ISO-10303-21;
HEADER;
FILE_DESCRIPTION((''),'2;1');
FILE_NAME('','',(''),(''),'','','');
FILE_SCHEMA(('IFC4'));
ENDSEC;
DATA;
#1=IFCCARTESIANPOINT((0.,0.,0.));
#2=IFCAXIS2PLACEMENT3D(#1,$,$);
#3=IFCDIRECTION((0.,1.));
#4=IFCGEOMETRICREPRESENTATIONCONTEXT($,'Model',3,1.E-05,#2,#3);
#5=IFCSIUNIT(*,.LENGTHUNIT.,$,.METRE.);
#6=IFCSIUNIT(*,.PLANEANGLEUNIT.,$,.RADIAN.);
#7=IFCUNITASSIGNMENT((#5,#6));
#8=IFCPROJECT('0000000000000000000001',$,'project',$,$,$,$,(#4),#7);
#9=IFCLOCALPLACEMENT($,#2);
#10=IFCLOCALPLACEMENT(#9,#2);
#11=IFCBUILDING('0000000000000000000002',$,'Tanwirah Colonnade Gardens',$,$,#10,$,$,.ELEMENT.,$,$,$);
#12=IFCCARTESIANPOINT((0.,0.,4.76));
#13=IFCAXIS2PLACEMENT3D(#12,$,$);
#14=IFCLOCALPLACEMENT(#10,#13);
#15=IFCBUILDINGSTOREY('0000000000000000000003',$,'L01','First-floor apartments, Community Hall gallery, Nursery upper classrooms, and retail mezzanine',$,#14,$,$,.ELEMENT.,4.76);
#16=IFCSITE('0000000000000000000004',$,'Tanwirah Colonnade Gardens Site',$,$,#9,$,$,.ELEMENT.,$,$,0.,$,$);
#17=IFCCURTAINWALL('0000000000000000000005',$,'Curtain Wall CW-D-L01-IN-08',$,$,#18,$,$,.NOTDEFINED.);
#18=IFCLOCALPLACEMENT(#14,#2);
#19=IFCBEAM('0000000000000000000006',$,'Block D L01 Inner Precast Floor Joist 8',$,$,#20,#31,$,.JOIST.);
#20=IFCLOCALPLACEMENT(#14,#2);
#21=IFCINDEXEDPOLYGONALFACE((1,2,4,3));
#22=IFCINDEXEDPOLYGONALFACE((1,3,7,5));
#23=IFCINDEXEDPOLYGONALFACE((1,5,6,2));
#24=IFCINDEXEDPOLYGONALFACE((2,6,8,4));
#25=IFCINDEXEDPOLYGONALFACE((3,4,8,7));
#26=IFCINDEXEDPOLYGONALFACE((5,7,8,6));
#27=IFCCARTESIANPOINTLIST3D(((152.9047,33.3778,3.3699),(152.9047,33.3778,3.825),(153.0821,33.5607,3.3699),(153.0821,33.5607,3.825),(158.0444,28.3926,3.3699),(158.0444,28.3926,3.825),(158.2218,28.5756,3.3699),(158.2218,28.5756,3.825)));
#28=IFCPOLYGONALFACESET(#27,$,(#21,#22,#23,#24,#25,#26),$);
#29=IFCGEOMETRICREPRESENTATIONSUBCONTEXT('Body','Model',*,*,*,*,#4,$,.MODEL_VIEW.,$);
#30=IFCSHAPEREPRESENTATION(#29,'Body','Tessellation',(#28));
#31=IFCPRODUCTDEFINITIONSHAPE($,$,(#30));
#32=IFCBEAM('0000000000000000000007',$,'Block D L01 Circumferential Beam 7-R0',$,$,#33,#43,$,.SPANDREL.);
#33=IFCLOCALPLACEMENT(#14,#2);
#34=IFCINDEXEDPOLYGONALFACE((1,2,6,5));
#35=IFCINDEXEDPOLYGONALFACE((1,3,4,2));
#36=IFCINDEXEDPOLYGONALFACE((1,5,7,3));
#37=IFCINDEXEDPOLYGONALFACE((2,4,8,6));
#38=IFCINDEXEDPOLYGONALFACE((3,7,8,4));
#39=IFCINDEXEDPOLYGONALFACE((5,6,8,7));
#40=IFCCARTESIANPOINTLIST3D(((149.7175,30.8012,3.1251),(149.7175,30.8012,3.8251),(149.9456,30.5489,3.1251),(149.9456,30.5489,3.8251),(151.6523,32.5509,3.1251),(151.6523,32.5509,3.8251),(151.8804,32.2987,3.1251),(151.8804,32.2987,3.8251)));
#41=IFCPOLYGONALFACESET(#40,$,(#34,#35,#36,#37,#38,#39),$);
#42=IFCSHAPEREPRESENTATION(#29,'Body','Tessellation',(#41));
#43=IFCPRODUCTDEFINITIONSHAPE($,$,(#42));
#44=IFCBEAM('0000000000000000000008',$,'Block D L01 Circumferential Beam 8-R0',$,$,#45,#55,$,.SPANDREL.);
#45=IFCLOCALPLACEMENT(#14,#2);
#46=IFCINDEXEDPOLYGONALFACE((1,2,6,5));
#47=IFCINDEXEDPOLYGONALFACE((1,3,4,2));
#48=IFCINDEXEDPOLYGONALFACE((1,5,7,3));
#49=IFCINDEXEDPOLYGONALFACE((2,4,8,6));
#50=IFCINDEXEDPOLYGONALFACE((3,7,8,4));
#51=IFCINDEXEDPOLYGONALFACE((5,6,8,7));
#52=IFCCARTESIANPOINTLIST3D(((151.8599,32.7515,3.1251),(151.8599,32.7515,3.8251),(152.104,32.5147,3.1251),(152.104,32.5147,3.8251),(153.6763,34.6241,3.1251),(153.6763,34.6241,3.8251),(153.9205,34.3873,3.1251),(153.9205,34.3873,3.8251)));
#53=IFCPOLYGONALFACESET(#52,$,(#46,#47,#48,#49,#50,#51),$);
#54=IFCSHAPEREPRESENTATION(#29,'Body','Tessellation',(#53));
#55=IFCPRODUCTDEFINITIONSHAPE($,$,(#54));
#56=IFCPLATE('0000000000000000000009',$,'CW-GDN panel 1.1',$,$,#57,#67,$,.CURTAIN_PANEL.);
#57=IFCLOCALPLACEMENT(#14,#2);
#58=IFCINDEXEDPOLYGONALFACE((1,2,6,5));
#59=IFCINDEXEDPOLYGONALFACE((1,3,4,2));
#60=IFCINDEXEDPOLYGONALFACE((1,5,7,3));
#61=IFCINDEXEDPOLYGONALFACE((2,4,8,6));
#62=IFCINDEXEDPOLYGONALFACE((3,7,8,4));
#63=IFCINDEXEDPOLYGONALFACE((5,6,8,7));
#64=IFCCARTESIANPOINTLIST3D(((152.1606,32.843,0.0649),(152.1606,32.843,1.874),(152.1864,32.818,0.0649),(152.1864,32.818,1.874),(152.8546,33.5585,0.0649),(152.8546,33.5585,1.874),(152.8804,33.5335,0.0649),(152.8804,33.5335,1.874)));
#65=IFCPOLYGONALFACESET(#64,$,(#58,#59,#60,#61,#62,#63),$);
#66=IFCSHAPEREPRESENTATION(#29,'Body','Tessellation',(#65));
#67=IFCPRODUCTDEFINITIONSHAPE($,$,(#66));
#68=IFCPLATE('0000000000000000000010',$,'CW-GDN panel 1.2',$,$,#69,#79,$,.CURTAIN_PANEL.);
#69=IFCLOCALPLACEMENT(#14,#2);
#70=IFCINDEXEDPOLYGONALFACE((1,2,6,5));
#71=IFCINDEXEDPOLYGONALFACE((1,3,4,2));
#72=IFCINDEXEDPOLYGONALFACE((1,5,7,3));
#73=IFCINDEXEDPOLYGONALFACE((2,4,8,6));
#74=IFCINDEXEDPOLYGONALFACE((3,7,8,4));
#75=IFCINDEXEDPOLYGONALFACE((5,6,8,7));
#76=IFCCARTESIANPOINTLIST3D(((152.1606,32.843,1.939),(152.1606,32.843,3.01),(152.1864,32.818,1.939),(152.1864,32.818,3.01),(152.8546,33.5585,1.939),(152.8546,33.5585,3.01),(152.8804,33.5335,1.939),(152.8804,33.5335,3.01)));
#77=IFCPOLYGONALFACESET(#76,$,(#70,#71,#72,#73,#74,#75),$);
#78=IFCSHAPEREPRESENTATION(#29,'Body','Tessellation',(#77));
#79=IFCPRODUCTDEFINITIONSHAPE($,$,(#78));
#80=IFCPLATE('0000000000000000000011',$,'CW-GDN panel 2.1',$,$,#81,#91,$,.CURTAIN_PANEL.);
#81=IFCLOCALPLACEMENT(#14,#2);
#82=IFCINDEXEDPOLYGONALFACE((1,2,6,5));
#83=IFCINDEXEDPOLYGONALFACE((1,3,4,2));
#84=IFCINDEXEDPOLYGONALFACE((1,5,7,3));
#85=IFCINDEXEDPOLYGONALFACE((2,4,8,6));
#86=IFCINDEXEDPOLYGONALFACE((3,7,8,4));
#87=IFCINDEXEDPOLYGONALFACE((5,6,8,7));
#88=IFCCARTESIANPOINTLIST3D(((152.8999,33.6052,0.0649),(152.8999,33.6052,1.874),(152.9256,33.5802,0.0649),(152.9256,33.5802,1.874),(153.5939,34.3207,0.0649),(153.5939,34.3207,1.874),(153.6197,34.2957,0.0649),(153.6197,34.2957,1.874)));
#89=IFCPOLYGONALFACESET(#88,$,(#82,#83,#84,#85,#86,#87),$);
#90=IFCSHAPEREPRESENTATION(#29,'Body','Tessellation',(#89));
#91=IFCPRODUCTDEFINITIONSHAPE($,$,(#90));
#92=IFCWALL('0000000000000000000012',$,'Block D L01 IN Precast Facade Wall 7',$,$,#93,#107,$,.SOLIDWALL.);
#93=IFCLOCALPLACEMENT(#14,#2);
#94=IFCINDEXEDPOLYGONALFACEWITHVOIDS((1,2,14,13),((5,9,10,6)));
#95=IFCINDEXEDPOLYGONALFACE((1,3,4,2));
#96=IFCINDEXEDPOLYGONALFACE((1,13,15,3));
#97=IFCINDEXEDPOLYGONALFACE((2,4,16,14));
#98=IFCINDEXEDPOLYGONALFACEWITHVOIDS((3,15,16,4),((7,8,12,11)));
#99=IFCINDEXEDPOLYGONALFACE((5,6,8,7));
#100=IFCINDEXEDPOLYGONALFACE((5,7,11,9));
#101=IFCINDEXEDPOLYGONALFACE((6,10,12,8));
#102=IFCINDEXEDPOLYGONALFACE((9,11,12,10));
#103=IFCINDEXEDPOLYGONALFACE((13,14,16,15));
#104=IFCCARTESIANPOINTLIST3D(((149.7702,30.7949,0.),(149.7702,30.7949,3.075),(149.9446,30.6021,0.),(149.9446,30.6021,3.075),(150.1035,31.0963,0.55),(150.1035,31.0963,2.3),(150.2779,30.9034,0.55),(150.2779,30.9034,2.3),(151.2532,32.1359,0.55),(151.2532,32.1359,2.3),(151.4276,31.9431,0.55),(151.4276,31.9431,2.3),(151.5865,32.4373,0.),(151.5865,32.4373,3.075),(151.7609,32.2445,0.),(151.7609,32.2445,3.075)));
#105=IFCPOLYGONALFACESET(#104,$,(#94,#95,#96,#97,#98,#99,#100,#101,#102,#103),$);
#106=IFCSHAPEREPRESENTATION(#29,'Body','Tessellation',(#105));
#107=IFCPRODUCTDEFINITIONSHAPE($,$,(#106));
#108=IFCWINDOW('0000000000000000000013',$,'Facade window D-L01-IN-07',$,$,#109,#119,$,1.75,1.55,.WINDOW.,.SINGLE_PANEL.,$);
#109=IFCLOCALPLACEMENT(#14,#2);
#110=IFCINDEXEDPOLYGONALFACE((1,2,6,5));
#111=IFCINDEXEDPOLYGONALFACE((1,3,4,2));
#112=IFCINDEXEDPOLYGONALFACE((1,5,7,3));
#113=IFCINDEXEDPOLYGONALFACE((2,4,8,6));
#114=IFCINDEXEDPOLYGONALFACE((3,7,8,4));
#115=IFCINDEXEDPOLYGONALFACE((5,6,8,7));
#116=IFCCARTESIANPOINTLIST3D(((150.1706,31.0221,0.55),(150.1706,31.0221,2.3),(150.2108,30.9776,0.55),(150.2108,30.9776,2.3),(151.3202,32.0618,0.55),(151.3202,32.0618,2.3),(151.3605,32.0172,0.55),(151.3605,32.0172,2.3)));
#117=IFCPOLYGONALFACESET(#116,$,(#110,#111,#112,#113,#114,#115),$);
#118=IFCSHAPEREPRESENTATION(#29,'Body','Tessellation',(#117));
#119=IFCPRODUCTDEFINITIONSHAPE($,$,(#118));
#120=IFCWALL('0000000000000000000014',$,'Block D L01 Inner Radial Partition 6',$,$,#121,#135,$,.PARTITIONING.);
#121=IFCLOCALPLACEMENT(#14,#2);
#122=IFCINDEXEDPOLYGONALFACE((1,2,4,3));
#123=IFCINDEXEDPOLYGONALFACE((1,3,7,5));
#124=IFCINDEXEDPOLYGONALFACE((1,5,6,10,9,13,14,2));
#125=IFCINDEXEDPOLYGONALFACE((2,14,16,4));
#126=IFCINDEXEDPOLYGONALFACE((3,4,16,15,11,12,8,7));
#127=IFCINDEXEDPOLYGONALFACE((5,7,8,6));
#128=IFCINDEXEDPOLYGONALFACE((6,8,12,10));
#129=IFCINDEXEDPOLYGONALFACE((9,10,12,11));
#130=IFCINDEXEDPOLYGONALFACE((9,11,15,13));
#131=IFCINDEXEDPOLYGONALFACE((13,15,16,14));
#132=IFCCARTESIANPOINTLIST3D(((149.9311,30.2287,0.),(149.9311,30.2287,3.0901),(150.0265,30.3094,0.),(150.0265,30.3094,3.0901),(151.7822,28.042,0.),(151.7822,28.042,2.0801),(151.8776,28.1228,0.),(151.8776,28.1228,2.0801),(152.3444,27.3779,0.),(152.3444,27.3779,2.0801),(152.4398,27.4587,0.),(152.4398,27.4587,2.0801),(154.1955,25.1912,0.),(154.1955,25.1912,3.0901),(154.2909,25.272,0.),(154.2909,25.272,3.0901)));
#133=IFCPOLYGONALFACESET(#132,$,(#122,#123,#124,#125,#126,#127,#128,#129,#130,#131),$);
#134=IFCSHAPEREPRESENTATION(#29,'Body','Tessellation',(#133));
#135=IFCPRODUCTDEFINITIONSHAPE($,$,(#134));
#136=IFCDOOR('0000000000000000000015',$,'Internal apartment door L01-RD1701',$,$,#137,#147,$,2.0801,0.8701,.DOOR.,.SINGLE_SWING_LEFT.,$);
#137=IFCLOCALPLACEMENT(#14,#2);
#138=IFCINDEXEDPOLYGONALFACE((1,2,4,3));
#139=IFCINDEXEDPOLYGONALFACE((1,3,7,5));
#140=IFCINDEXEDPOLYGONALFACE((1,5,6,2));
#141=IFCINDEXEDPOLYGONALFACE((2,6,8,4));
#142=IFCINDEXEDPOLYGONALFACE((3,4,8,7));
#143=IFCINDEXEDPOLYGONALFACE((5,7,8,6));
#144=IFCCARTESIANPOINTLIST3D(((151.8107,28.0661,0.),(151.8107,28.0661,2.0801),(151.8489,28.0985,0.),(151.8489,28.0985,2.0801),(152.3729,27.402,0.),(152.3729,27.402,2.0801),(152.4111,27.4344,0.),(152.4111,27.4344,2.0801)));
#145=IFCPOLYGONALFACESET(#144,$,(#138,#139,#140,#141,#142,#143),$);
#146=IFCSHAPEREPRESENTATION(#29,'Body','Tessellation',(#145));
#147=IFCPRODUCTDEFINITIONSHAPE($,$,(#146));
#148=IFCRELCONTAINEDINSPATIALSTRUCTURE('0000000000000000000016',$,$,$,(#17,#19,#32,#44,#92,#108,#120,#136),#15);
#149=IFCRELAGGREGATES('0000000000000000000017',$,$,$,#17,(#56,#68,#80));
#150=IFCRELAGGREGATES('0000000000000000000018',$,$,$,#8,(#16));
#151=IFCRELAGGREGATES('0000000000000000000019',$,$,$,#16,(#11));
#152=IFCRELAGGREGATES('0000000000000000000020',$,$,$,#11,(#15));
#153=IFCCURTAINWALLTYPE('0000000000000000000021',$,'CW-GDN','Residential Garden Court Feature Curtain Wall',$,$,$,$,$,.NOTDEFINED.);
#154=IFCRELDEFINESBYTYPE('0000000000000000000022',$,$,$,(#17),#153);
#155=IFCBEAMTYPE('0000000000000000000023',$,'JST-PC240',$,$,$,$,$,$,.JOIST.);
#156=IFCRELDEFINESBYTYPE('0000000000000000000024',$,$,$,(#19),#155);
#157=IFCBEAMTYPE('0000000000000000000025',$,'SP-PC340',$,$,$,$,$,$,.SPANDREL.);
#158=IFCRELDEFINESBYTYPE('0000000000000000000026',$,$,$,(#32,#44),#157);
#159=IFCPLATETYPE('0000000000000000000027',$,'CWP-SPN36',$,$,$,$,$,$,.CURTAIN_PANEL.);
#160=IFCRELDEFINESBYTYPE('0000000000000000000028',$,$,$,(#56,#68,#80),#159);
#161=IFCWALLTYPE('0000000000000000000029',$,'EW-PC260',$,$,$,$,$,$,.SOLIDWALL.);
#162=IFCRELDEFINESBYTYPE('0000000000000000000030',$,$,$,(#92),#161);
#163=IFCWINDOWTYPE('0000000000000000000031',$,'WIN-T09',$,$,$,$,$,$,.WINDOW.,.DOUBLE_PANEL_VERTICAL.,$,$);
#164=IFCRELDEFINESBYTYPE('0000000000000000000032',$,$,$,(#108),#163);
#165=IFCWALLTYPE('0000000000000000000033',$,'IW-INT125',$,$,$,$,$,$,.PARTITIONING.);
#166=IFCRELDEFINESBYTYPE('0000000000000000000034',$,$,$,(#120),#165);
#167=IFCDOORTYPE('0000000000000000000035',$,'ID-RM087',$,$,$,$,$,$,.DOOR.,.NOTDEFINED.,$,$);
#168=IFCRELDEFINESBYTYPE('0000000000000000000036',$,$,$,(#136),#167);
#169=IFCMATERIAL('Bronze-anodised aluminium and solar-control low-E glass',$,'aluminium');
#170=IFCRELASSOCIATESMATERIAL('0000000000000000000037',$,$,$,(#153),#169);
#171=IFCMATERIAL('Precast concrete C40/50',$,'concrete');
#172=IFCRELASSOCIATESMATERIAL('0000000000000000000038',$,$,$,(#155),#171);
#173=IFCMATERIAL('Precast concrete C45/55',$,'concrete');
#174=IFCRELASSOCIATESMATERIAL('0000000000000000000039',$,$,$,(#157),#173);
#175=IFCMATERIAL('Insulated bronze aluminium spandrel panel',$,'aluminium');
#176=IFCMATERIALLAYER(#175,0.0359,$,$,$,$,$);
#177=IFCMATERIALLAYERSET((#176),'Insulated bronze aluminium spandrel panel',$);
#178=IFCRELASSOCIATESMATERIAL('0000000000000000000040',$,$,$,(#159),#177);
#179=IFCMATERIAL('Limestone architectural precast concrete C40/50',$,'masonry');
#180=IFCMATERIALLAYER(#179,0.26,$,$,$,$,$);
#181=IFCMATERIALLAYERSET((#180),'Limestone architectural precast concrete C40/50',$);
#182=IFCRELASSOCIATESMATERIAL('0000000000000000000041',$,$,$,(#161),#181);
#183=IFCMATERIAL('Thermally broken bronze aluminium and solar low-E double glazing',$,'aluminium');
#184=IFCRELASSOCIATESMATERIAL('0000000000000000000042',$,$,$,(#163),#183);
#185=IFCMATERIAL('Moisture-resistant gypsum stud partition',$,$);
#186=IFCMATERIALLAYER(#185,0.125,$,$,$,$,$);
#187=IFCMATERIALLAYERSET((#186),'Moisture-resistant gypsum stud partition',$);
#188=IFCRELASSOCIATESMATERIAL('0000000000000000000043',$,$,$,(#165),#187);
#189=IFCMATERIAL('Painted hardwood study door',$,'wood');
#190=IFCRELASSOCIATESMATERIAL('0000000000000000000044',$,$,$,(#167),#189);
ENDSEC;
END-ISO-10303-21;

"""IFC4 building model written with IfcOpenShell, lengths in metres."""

from ifc_helpers import new_model, si_unit, direction, frame, frame_2d, origin, origin_2d, place, context, subcontext, project, spatial, rectangle, extrude, material, layer, layer_set, material_profile, profile_set, type_object, element, fill, aggregate, save


model = new_model("IFC4")

# Units and contexts
model_context = context("Model", 3, precision=1e-05, world=origin(), true_north=direction((0.0, 1.0)))
body_context = subcontext(model_context, "Body", "Model", "MODEL_VIEW")
ifc_project = project(units=[si_unit("LENGTHUNIT", "METRE"), si_unit("PLANEANGLEUNIT", "RADIAN")], contexts=[model_context])

# Site, building, storey
site_placement = place(None, origin())
site = spatial("IfcSite", under=ifc_project, at=site_placement, Name="Tanwirah Colonnade Gardens Site", CompositionType="ELEMENT", RefElevation=0.0)
building_placement = place(site_placement, origin())
building = spatial("IfcBuilding", under=site, at=building_placement, Name="Tanwirah Colonnade Gardens", CompositionType="ELEMENT")
storey_placement = place(building_placement, frame((0.0, 0.0, 4.76)))
storey = spatial("IfcBuildingStorey", under=building, at=storey_placement, Name="L01", Description="First-floor apartments, Community Hall gallery, Nursery upper classrooms, and retail mezzanine", CompositionType="ELEMENT", Elevation=4.76)

# Shared definitions
ifc_material_1 = material(Name="Precast concrete C45/55", Category="concrete")

# Curtain wall
ifc_material_2 = material(Name="Bronze-anodised aluminium and solar-control low-E glass", Category="aluminium")
curtain_wall_type = type_object("IfcCurtainWallType", Name="CW-GDN", Description="Residential Garden Court Feature Curtain Wall", PredefinedType="NOTDEFINED", material=ifc_material_2)
curtain_wall_placement = place(storey_placement, origin())
curtain_wall = element("IfcCurtainWall", 1, at=curtain_wall_placement, inside=storey, type_object=curtain_wall_type, Name="Curtain Wall CW-D-L01-IN-08", PredefinedType="NOTDEFINED")

# Beams
ifc_material_3 = material(Name="Precast concrete C40/50", Category="concrete")
ifc_material_profile_1 = material_profile(ifc_material_3, rectangle(XDim=0.2549, YDim=0.4551, at=origin_2d()), Name="PC-JST 255x455")
ifc_profile_set_1 = profile_set([ifc_material_profile_1], Name="Precast concrete C40/50")
beam_type_1 = type_object("IfcBeamType", Name="JST-PC240", PredefinedType="JOIST", material=ifc_profile_set_1)
beam_1_placement = place(storey_placement, frame((152.9934, 33.4692, 3.5974), z_axis=(0.717816, -0.696233, 0.0), x_axis=(0.696233, 0.717816, 0.0)))
element("IfcBeam", 2, at=beam_1_placement, inside=storey, type_object=beam_type_1, Name="Block D L01 Inner Precast Floor Joist 8", PredefinedType="JOIST", context=body_context, shape_type="SweptSolid", body=[
    extrude(rectangle(XDim=0.2549, YDim=0.4551, at=origin_2d()), origin(), (0.0, 0.0, 1.0), 7.1602),
])
ifc_material_profile_2 = material_profile(ifc_material_1, rectangle(XDim=0.3401, YDim=0.7, at=origin_2d()), Name="PC-SP 340x700")
ifc_profile_set_2 = profile_set([ifc_material_profile_2], Name="Precast concrete C45/55")
beam_type_2 = type_object("IfcBeamType", Name="SP-PC340", PredefinedType="SPANDREL", material=ifc_profile_set_2)
beam_2_placement = place(storey_placement, frame((149.8315, 30.675, 3.4751), z_axis=(0.741687, 0.670747, 0.0), x_axis=(-0.670747, 0.741687, 0.0)))
element("IfcBeam", 3, at=beam_2_placement, inside=storey, type_object=beam_type_2, Name="Block D L01 Circumferential Beam 7-R0", PredefinedType="SPANDREL", context=body_context, shape_type="SweptSolid", body=[
    extrude(rectangle(XDim=0.3401, YDim=0.7, at=origin_2d()), origin(), (0.0, 0.0, 1.0), 2.6086),
])
beam_3_placement = place(storey_placement, frame((151.9819, 32.6331, 3.4751), z_axis=(0.696263, 0.717787, 0.0), x_axis=(-0.717787, 0.696263, 0.0)))
element("IfcBeam", 4, at=beam_3_placement, inside=storey, type_object=beam_type_2, Name="Block D L01 Circumferential Beam 8-R0", PredefinedType="SPANDREL", context=body_context, shape_type="SweptSolid", body=[
    extrude(rectangle(XDim=0.3401, YDim=0.7, at=origin_2d()), origin(), (0.0, 0.0, 1.0), 2.6089),
])

# Plates
ifc_material_4 = material(Name="Insulated bronze aluminium spandrel panel", Category="aluminium")
ifc_layer_1 = layer(ifc_material_4, 0.0359)
ifc_layer_set_1 = layer_set([ifc_layer_1], Name="Insulated bronze aluminium spandrel panel")
plate_type = type_object("IfcPlateType", Name="CWP-SPN36", PredefinedType="CURTAIN_PANEL", material=ifc_layer_set_1)
plate_1_placement = place(storey_placement, frame((152.5205, 33.1882, 0.0649), z_axis=(0.0, 0.0, 1.0), x_axis=(0.696223, 0.717825, 0.0)))
plate_1 = element("IfcPlate", 5, at=plate_1_placement, type_object=plate_type, Name="CW-GDN panel 1.1", PredefinedType="CURTAIN_PANEL", context=body_context, shape_type="SweptSolid", body=[
    extrude(rectangle(XDim=0.9968, YDim=0.0359, at=origin_2d()), origin(), (0.0, 0.0, 1.0), 1.8091),
])
plate_2_placement = place(storey_placement, frame((152.5205, 33.1882, 1.939), z_axis=(0.0, 0.0, 1.0), x_axis=(0.696223, 0.717825, 0.0)))
plate_2 = element("IfcPlate", 6, at=plate_2_placement, type_object=plate_type, Name="CW-GDN panel 1.2", PredefinedType="CURTAIN_PANEL", context=body_context, shape_type="SweptSolid", body=[
    extrude(rectangle(XDim=0.9968, YDim=0.0359, at=origin_2d()), origin(), (0.0, 0.0, 1.0), 1.071),
])
plate_3_placement = place(storey_placement, frame((153.2598, 33.9504, 0.0649), z_axis=(0.0, 0.0, 1.0), x_axis=(0.696223, 0.717825, 0.0)))
plate_3 = element("IfcPlate", 7, at=plate_3_placement, type_object=plate_type, Name="CW-GDN panel 2.1", PredefinedType="CURTAIN_PANEL", context=body_context, shape_type="SweptSolid", body=[
    extrude(rectangle(XDim=0.9968, YDim=0.0359, at=origin_2d()), origin(), (0.0, 0.0, 1.0), 1.8091),
])
aggregate(curtain_wall, [plate_1, plate_2, plate_3])

# Wall, opening, window
ifc_material_5 = material(Name="Limestone architectural precast concrete C40/50", Category="masonry")
ifc_layer_2 = layer(ifc_material_5, 0.26)
ifc_layer_set_2 = layer_set([ifc_layer_2], Name="Limestone architectural precast concrete C40/50")
wall_type_1 = type_object("IfcWallType", Name="EW-PC260", PredefinedType="SOLIDWALL", material=ifc_layer_set_2)
wall_1_placement = place(storey_placement, frame((149.8574, 30.6985, 0.0), z_axis=(0.0, 0.0, 1.0), x_axis=(0.741711, 0.67072, 0.0)))
wall_1 = element("IfcWall", 8, at=wall_1_placement, inside=storey, type_object=wall_type_1, Name="Block D L01 IN Precast Facade Wall 7", PredefinedType="SOLIDWALL", context=body_context, shape_type="SweptSolid", body=[
    extrude(rectangle(XDim=2.4487, YDim=0.26, at=frame_2d((1.2244, 0.0))), origin(), (0.0, 0.0, 1.0), 3.075),
])
opening_1_placement = place(wall_1_placement, frame((0.4495, 0.0, 0.55)))
opening_1 = element("IfcOpeningElement", 9, at=opening_1_placement, cuts=wall_1, PredefinedType="OPENING", context=body_context, shape_type="SweptSolid", body=[
    extrude(rectangle(XDim=1.55, YDim=1.75, at=frame_2d((0.7749, 0.875))), frame((0.0, 0.1399, 0.0), z_axis=(0.0, -1.0, 0.0), x_axis=(1.0, 0.0, 0.0)), (0.0, 0.0, 1.0), 0.28),
])
ifc_material_6 = material(Name="Thermally broken bronze aluminium and solar low-E double glazing", Category="aluminium")
window_type = type_object("IfcWindowType", Name="WIN-T09", PartitioningType="DOUBLE_PANEL_VERTICAL", PredefinedType="WINDOW", material=ifc_material_6)
window_placement = place(opening_1_placement, origin())
window = element("IfcWindow", 10, at=window_placement, inside=storey, type_object=window_type, Name="Facade window D-L01-IN-07", OverallHeight=1.75, OverallWidth=1.55, PartitioningType="SINGLE_PANEL", PredefinedType="WINDOW", context=body_context, shape_type="SweptSolid", body=[
    extrude(rectangle(XDim=1.55, YDim=1.75, at=frame_2d((0.7749, 0.875))), frame((0.0, 0.03, 0.0), z_axis=(0.0, -1.0, 0.0), x_axis=(1.0, 0.0, 0.0)), (0.0, 0.0, 1.0), 0.0601),
])
fill(opening_1, window)

# Wall, opening, door
ifc_material_7 = material(Name="Moisture-resistant gypsum stud partition")
ifc_layer_3 = layer(ifc_material_7, 0.125)
ifc_layer_set_3 = layer_set([ifc_layer_3], Name="Moisture-resistant gypsum stud partition")
wall_type_2 = type_object("IfcWallType", Name="IW-INT125", PredefinedType="PARTITIONING", material=ifc_layer_set_3)
wall_2_placement = place(storey_placement, frame((149.9788, 30.269, 0.0), z_axis=(0.0, 0.0, 1.0), x_axis=(0.646121, -0.763235, 0.0)))
wall_2 = element("IfcWall", 11, at=wall_2_placement, inside=storey, type_object=wall_type_2, Name="Block D L01 Inner Radial Partition 6", PredefinedType="PARTITIONING", context=body_context, shape_type="SweptSolid", body=[
    extrude(rectangle(XDim=6.6001, YDim=0.125, at=frame_2d((3.3, 0.0))), origin(), (0.0, 0.0, 1.0), 3.0901),
])
opening_2_placement = place(wall_2_placement, frame((2.865, 0.0, 0.0)))
opening_2 = element("IfcOpeningElement", 12, at=opening_2_placement, cuts=wall_2, PredefinedType="OPENING", context=body_context, shape_type="SweptSolid", body=[
    extrude(rectangle(XDim=0.8701, YDim=2.0801, at=frame_2d((0.4351, 1.04))), frame((0.0, 0.0725, 0.0), z_axis=(0.0, -1.0, 0.0), x_axis=(1.0, 0.0, 0.0)), (0.0, 0.0, 1.0), 0.145),
])
ifc_material_8 = material(Name="Painted hardwood study door", Category="wood")
door_type = type_object("IfcDoorType", Name="ID-RM087", OperationType="NOTDEFINED", PredefinedType="DOOR", material=ifc_material_8)
door_placement = place(opening_2_placement, origin())
door = element("IfcDoor", 13, at=door_placement, inside=storey, type_object=door_type, Name="Internal apartment door L01-RD1701", OperationType="SINGLE_SWING_LEFT", OverallHeight=2.0801, OverallWidth=0.8701, PredefinedType="DOOR", context=body_context, shape_type="SweptSolid", body=[
    extrude(rectangle(XDim=0.8701, YDim=2.0801, at=frame_2d((0.4351, 1.04))), frame((0.0, 0.0249, 0.0), z_axis=(0.0, -1.0, 0.0), x_axis=(1.0, 0.0, 0.0)), (0.0, 0.0, 1.0), 0.05),
])
fill(opening_2, door)

save(model, "model.ifc")
